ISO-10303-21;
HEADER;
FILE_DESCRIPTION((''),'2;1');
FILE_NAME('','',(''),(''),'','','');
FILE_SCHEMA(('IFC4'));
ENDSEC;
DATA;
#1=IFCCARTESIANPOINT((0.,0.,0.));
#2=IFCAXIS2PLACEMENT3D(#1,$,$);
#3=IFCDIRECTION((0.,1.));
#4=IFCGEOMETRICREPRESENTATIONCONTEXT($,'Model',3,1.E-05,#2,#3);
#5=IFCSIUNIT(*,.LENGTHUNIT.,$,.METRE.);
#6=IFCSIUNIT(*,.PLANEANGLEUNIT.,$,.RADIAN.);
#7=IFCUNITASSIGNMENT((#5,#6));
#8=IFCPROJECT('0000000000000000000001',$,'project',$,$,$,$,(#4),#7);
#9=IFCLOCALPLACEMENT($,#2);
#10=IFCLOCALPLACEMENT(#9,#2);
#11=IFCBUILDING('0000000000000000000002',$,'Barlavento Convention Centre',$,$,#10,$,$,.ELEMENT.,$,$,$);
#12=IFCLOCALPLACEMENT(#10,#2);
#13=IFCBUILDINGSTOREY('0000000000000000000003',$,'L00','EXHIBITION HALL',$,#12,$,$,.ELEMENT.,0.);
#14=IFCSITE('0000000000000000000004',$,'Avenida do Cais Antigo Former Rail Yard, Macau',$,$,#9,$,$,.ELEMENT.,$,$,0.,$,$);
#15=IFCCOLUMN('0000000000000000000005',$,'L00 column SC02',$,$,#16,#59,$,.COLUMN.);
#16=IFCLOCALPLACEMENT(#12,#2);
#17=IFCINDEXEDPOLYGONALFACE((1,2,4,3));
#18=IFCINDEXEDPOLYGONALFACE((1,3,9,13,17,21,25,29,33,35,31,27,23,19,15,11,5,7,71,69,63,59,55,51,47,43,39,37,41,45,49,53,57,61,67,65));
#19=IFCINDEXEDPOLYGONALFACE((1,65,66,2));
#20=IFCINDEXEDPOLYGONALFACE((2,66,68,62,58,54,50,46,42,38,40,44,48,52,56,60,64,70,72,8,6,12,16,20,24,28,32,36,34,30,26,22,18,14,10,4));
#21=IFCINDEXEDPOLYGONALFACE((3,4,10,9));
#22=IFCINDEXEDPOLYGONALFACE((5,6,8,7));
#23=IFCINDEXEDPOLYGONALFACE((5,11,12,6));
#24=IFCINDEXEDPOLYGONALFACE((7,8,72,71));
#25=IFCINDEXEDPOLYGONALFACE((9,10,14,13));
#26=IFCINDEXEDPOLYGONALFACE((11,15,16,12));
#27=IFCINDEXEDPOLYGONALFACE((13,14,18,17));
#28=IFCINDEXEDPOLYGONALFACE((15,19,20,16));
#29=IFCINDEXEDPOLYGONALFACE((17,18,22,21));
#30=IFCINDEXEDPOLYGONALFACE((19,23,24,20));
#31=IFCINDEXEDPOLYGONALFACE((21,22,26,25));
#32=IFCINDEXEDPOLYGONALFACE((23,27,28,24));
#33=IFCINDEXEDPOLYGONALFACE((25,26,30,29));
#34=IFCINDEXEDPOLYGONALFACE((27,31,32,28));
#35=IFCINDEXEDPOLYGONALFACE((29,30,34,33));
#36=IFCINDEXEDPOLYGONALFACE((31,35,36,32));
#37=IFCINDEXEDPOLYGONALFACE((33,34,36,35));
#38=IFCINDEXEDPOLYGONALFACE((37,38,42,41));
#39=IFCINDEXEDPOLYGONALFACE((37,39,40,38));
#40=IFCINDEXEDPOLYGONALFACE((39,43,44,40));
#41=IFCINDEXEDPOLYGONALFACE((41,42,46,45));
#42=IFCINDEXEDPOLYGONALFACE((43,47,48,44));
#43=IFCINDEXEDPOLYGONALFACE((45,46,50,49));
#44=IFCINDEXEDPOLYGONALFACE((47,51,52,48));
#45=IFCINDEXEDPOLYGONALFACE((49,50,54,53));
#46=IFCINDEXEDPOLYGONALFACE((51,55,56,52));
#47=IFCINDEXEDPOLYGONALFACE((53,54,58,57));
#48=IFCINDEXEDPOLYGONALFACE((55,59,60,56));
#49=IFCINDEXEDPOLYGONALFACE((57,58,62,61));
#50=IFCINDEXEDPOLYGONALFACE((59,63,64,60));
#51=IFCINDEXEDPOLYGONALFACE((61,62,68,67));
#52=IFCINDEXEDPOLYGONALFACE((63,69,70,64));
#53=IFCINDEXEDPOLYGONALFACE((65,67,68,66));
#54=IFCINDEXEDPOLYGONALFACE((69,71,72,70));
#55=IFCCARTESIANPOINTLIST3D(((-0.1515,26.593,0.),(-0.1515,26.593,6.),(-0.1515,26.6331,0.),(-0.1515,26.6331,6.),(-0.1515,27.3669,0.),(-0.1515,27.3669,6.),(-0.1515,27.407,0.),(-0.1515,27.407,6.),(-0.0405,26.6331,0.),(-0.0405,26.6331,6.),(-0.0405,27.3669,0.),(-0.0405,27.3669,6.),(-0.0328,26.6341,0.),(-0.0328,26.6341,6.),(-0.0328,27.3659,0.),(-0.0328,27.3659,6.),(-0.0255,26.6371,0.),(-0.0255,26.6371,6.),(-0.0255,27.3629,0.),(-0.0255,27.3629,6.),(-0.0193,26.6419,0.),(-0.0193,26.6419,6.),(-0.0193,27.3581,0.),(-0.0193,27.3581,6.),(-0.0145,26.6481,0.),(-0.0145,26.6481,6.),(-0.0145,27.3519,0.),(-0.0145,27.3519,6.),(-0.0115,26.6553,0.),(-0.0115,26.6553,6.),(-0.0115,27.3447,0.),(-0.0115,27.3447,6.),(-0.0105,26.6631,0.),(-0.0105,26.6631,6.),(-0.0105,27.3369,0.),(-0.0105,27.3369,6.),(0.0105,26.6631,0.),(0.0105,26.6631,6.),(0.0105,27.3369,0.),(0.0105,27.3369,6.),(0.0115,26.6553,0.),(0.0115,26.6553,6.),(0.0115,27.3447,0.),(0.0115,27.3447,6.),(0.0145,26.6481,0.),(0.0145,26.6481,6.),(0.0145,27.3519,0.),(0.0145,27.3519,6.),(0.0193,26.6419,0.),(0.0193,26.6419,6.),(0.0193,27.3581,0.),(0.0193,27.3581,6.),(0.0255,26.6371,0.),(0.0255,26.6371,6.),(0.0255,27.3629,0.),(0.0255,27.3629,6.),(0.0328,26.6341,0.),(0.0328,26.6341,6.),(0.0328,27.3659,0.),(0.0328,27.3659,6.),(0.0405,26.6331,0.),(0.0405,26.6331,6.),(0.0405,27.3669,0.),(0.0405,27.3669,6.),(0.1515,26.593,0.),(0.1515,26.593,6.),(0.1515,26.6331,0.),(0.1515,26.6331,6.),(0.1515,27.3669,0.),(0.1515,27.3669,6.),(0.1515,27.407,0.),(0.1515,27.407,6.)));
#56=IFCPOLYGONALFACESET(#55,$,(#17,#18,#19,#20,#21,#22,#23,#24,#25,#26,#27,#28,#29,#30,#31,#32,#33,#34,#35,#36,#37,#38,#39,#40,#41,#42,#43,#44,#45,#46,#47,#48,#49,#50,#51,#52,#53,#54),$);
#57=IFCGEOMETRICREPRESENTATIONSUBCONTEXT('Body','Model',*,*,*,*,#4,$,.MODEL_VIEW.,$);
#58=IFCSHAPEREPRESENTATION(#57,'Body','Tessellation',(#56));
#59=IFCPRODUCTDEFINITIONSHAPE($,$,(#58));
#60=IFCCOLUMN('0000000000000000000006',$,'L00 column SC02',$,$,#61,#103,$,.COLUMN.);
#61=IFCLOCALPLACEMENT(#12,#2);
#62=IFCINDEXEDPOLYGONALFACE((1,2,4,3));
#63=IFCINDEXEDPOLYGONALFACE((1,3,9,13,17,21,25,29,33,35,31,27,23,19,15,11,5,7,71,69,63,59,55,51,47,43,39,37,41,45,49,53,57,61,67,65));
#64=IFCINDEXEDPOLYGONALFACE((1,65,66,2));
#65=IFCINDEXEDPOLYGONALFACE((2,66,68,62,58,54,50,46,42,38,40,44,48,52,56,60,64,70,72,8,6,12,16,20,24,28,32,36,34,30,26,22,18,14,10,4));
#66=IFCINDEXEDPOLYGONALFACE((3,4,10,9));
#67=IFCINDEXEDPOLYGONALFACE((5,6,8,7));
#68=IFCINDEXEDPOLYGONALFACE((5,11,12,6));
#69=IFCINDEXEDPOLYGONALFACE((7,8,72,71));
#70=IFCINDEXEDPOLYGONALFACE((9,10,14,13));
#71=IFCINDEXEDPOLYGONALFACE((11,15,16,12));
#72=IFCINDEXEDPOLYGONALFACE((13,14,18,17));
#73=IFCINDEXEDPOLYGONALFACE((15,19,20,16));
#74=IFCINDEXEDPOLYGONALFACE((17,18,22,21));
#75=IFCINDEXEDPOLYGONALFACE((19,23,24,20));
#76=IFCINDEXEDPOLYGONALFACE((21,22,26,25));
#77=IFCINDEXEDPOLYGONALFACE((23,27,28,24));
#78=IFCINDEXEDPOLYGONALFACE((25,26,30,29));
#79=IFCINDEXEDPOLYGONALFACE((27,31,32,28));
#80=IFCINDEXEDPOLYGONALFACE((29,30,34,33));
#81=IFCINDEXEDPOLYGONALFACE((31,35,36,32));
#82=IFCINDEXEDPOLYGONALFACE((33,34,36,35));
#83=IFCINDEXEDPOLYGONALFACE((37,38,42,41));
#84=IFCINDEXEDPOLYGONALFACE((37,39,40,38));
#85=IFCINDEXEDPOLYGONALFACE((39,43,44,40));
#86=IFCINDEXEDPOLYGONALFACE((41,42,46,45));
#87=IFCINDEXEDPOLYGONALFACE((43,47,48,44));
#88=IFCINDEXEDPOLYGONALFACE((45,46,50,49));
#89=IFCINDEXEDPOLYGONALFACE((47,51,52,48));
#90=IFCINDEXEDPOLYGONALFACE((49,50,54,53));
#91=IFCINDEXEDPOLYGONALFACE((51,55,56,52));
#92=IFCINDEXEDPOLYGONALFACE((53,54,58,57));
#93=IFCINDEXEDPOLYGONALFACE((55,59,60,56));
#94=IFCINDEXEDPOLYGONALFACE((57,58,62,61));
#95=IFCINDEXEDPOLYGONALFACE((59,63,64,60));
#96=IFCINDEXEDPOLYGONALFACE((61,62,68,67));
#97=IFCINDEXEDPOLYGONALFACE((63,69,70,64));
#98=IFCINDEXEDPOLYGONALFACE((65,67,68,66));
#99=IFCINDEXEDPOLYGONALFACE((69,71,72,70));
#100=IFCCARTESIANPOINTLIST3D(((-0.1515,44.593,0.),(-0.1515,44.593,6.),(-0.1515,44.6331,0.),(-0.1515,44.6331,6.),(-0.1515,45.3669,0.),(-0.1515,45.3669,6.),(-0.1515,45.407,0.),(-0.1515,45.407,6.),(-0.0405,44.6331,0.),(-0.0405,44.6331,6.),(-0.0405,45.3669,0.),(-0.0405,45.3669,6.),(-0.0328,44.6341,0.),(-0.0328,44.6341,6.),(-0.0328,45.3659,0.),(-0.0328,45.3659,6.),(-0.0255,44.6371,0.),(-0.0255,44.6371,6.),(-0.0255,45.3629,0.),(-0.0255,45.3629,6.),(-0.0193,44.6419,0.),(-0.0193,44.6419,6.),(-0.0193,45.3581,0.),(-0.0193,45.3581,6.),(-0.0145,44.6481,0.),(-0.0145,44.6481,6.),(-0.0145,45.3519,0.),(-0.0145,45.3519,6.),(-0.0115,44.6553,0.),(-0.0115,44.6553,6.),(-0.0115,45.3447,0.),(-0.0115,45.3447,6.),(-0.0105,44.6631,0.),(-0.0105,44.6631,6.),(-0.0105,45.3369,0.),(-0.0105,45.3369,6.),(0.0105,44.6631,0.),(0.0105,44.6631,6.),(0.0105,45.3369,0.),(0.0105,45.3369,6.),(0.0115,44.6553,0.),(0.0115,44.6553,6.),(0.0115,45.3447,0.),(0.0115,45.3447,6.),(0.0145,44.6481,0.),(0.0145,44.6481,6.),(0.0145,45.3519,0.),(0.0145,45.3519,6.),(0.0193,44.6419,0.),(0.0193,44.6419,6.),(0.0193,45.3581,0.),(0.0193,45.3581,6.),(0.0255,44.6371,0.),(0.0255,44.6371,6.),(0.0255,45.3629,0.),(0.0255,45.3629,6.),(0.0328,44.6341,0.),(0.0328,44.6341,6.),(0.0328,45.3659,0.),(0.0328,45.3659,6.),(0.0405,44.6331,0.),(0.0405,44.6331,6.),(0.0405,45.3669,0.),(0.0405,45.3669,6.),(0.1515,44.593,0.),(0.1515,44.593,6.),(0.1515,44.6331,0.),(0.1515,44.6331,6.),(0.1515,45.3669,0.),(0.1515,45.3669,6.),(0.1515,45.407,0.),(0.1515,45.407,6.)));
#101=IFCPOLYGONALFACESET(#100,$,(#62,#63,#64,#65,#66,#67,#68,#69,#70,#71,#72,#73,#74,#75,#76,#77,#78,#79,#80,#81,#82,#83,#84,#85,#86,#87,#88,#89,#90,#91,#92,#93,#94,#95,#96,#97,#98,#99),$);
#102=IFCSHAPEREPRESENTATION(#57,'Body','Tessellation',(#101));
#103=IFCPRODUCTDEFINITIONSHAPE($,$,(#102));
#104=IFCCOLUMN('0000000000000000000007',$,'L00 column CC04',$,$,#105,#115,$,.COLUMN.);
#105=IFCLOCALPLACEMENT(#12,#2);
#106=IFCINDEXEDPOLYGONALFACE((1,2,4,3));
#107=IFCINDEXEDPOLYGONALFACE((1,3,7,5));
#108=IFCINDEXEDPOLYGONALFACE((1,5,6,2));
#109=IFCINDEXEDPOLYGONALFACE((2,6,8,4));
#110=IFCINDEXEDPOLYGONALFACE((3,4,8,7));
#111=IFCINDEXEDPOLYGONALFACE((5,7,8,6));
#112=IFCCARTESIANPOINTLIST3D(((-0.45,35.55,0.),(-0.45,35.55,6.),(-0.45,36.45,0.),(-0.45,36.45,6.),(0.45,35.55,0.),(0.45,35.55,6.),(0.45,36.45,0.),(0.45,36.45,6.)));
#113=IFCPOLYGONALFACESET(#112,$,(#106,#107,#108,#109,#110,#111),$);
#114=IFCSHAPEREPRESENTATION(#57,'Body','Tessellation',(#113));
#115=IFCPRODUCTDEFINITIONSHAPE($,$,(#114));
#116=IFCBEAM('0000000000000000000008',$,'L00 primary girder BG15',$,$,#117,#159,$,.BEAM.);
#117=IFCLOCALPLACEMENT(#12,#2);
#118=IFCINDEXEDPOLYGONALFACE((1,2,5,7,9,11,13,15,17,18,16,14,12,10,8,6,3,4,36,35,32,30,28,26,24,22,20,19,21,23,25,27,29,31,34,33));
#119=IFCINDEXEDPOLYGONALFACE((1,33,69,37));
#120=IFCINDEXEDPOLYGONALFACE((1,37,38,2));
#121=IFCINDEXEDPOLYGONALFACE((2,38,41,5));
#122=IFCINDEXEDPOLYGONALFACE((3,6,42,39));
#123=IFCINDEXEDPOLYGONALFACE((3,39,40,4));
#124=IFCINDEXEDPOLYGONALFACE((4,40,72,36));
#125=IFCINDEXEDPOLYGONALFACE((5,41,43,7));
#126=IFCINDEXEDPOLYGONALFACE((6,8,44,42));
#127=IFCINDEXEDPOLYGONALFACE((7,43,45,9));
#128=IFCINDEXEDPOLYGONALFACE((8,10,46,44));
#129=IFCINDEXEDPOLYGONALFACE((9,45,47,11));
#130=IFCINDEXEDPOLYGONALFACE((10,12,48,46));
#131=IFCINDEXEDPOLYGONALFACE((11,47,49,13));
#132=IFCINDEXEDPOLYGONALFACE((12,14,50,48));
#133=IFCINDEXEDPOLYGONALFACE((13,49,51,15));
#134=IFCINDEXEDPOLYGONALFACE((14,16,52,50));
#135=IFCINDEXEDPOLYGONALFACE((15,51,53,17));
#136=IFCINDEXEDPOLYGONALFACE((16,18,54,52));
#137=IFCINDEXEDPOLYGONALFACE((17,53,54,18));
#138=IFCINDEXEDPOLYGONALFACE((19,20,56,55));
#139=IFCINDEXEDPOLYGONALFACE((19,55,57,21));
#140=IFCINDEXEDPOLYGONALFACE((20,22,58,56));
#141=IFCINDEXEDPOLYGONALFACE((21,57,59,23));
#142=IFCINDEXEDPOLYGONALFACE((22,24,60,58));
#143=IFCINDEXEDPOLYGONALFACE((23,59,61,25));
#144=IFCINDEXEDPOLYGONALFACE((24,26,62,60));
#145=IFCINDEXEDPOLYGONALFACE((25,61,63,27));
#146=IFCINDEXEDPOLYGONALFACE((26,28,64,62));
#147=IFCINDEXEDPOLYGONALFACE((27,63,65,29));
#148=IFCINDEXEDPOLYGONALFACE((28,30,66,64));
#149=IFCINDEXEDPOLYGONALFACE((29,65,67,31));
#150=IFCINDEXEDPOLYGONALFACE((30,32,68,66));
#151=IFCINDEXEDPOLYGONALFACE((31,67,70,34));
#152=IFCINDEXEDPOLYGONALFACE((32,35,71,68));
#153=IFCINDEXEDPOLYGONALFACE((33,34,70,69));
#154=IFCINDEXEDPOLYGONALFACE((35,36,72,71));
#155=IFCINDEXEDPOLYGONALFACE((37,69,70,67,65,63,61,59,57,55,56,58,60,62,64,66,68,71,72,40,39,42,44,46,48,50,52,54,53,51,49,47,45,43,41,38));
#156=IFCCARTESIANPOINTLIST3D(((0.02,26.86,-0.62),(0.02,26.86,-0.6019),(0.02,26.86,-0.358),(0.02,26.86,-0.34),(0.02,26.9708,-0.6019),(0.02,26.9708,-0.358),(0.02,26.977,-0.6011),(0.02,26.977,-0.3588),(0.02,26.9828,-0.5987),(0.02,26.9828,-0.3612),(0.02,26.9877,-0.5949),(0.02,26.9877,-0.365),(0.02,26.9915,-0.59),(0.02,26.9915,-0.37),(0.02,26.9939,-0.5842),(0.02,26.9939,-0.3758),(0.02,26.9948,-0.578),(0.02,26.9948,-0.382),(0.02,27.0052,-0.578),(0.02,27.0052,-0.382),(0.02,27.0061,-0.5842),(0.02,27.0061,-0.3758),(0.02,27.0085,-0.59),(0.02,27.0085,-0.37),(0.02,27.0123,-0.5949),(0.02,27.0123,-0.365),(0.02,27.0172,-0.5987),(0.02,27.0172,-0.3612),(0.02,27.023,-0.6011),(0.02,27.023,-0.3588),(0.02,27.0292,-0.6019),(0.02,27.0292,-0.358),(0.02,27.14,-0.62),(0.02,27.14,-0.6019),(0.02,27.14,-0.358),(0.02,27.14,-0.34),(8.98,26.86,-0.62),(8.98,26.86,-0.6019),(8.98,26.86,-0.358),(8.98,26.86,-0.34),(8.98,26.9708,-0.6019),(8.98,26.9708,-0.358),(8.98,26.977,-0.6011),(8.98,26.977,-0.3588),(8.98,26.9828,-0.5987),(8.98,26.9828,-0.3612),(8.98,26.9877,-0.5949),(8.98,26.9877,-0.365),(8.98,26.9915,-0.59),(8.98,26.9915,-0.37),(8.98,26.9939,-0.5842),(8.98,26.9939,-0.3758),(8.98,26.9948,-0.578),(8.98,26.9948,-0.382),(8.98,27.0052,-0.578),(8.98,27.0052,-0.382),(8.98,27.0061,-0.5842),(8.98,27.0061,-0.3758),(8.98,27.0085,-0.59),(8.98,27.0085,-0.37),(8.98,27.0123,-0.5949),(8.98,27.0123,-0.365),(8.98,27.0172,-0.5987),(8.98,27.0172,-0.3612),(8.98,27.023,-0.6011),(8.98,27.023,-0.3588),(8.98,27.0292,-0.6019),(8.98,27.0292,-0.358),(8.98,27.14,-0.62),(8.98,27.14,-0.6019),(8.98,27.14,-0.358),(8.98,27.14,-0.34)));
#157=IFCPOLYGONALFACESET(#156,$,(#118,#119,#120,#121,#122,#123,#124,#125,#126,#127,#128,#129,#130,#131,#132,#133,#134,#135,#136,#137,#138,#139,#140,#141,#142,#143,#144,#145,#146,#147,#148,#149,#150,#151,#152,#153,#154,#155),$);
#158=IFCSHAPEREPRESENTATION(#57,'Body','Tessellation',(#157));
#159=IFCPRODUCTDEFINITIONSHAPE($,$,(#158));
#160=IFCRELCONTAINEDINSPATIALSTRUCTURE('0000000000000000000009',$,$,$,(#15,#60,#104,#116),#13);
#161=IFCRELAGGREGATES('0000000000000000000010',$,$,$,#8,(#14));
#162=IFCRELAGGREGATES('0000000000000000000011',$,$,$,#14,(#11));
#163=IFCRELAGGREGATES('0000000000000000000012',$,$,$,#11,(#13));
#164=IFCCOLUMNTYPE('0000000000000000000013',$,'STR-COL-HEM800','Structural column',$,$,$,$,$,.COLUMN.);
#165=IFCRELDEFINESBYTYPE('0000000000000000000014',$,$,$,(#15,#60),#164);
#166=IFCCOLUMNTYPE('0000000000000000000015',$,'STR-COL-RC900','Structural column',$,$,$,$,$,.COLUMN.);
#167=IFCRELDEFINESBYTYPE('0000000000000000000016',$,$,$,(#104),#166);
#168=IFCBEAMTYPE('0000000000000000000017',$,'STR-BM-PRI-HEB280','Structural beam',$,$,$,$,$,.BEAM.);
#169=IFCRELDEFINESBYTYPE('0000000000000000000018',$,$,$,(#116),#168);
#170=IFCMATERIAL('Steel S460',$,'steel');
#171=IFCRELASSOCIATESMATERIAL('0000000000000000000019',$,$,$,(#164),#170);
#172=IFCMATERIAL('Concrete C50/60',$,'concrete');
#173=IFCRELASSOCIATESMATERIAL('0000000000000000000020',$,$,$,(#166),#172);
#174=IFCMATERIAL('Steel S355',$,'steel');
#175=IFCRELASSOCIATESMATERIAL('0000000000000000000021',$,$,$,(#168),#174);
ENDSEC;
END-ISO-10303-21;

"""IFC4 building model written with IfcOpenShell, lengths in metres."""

from ifc_helpers import new_model, si_unit, direction, frame, origin, origin_2d, place, context, subcontext, project, spatial, rectangle, i_section, extrude, material, material_profile, profile_set, type_object, element, save


model = new_model("IFC4")

# Units and contexts
model_context = context("Model", 3, precision=1e-05, world=origin(), true_north=direction((0.0, 1.0)))
body_context = subcontext(model_context, "Body", "Model", "MODEL_VIEW")
ifc_project = project(units=[si_unit("LENGTHUNIT", "METRE"), si_unit("PLANEANGLEUNIT", "RADIAN")], contexts=[model_context])

# Site, building, storey
site_placement = place(None, origin())
site = spatial("IfcSite", under=ifc_project, at=site_placement, Name="Avenida do Cais Antigo Former Rail Yard, Macau", CompositionType="ELEMENT", RefElevation=0.0)
building_placement = place(site_placement, origin())
building = spatial("IfcBuilding", under=site, at=building_placement, Name="Barlavento Convention Centre", CompositionType="ELEMENT")
storey_placement = place(building_placement, origin())
storey = spatial("IfcBuildingStorey", under=building, at=storey_placement, Name="L00", Description="EXHIBITION HALL", CompositionType="ELEMENT", Elevation=0.0)

# Columns
ifc_material_1 = material(Name="Steel S460", Category="steel")
ifc_material_profile_1 = material_profile(ifc_material_1, i_section(OverallWidth=0.303, OverallDepth=0.814, WebThickness=0.021, FlangeThickness=0.04, FilletRadius=0.03, at=origin_2d()), Name="HEM 800")
ifc_profile_set_1 = profile_set([ifc_material_profile_1], Name="Steel S460")
column_type_1 = type_object("IfcColumnType", Name="STR-COL-HEM800", Description="Structural column", PredefinedType="COLUMN", material=ifc_profile_set_1)
for number, where, z_axis, x_axis, name in (
    (1, (0.0, 27.0, 0.0), (0.0, 0.0, 1.0), (1.0, 0.0, 0.0), "L00 column SC02"),
    (2, (0.0, 45.0, 0.0), (0.0, 0.0, 1.0), (1.0, 0.0, 0.0), "L00 column SC02"),
):
    element("IfcColumn", number, at=place(storey_placement, frame(where, z_axis=z_axis, x_axis=x_axis)), inside=storey, type_object=column_type_1, Name=name, PredefinedType="COLUMN", context=body_context, shape_type="SweptSolid", body=[
        extrude(i_section(OverallWidth=0.303, OverallDepth=0.814, WebThickness=0.021, FlangeThickness=0.04, FilletRadius=0.03, at=origin_2d()), origin(), (0.0, 0.0, 1.0), 6.0),
    ])
ifc_material_2 = material(Name="Concrete C50/60", Category="concrete")
ifc_material_profile_2 = material_profile(ifc_material_2, rectangle(XDim=0.8999, YDim=0.8999, at=origin_2d()), Name="RC 900x900")
ifc_profile_set_2 = profile_set([ifc_material_profile_2], Name="Concrete C50/60")
column_type_2 = type_object("IfcColumnType", Name="STR-COL-RC900", Description="Structural column", PredefinedType="COLUMN", material=ifc_profile_set_2)
column_placement = place(storey_placement, frame((0.0, 36.0, 0.0), z_axis=(0.0, 0.0, 1.0), x_axis=(1.0, 0.0, 0.0)))
element("IfcColumn", 3, at=column_placement, inside=storey, type_object=column_type_2, Name="L00 column CC04", PredefinedType="COLUMN", context=body_context, shape_type="SweptSolid", body=[
    extrude(rectangle(XDim=0.8999, YDim=0.8999, at=origin_2d()), origin(), (0.0, 0.0, 1.0), 6.0),
])

# Beam
ifc_material_3 = material(Name="Steel S355", Category="steel")
ifc_material_profile_3 = material_profile(ifc_material_3, i_section(OverallWidth=0.28, OverallDepth=0.28, WebThickness=0.0105, FlangeThickness=0.0181, FilletRadius=0.0239, at=origin_2d()), Name="HEB 280")
ifc_profile_set_3 = profile_set([ifc_material_profile_3], Name="Steel S355")
beam_type_1 = type_object("IfcBeamType", Name="STR-BM-PRI-HEB280", Description="Structural beam", PredefinedType="BEAM", material=ifc_profile_set_3)
beam_1_placement = place(storey_placement, frame((0.02, 27.0, -0.48), z_axis=(1.0, 0.0, 0.0), x_axis=(0.0, 1.0, 0.0)))
element("IfcBeam", 4, at=beam_1_placement, inside=storey, type_object=beam_type_1, Name="L00 primary girder BG15", PredefinedType="BEAM", context=body_context, shape_type="SweptSolid", body=[
    extrude(i_section(OverallWidth=0.28, OverallDepth=0.28, WebThickness=0.0105, FlangeThickness=0.0181, FilletRadius=0.0239, at=origin_2d()), origin(), (0.0, 0.0, 1.0), 8.96),
])

save(model, "model.ifc")
